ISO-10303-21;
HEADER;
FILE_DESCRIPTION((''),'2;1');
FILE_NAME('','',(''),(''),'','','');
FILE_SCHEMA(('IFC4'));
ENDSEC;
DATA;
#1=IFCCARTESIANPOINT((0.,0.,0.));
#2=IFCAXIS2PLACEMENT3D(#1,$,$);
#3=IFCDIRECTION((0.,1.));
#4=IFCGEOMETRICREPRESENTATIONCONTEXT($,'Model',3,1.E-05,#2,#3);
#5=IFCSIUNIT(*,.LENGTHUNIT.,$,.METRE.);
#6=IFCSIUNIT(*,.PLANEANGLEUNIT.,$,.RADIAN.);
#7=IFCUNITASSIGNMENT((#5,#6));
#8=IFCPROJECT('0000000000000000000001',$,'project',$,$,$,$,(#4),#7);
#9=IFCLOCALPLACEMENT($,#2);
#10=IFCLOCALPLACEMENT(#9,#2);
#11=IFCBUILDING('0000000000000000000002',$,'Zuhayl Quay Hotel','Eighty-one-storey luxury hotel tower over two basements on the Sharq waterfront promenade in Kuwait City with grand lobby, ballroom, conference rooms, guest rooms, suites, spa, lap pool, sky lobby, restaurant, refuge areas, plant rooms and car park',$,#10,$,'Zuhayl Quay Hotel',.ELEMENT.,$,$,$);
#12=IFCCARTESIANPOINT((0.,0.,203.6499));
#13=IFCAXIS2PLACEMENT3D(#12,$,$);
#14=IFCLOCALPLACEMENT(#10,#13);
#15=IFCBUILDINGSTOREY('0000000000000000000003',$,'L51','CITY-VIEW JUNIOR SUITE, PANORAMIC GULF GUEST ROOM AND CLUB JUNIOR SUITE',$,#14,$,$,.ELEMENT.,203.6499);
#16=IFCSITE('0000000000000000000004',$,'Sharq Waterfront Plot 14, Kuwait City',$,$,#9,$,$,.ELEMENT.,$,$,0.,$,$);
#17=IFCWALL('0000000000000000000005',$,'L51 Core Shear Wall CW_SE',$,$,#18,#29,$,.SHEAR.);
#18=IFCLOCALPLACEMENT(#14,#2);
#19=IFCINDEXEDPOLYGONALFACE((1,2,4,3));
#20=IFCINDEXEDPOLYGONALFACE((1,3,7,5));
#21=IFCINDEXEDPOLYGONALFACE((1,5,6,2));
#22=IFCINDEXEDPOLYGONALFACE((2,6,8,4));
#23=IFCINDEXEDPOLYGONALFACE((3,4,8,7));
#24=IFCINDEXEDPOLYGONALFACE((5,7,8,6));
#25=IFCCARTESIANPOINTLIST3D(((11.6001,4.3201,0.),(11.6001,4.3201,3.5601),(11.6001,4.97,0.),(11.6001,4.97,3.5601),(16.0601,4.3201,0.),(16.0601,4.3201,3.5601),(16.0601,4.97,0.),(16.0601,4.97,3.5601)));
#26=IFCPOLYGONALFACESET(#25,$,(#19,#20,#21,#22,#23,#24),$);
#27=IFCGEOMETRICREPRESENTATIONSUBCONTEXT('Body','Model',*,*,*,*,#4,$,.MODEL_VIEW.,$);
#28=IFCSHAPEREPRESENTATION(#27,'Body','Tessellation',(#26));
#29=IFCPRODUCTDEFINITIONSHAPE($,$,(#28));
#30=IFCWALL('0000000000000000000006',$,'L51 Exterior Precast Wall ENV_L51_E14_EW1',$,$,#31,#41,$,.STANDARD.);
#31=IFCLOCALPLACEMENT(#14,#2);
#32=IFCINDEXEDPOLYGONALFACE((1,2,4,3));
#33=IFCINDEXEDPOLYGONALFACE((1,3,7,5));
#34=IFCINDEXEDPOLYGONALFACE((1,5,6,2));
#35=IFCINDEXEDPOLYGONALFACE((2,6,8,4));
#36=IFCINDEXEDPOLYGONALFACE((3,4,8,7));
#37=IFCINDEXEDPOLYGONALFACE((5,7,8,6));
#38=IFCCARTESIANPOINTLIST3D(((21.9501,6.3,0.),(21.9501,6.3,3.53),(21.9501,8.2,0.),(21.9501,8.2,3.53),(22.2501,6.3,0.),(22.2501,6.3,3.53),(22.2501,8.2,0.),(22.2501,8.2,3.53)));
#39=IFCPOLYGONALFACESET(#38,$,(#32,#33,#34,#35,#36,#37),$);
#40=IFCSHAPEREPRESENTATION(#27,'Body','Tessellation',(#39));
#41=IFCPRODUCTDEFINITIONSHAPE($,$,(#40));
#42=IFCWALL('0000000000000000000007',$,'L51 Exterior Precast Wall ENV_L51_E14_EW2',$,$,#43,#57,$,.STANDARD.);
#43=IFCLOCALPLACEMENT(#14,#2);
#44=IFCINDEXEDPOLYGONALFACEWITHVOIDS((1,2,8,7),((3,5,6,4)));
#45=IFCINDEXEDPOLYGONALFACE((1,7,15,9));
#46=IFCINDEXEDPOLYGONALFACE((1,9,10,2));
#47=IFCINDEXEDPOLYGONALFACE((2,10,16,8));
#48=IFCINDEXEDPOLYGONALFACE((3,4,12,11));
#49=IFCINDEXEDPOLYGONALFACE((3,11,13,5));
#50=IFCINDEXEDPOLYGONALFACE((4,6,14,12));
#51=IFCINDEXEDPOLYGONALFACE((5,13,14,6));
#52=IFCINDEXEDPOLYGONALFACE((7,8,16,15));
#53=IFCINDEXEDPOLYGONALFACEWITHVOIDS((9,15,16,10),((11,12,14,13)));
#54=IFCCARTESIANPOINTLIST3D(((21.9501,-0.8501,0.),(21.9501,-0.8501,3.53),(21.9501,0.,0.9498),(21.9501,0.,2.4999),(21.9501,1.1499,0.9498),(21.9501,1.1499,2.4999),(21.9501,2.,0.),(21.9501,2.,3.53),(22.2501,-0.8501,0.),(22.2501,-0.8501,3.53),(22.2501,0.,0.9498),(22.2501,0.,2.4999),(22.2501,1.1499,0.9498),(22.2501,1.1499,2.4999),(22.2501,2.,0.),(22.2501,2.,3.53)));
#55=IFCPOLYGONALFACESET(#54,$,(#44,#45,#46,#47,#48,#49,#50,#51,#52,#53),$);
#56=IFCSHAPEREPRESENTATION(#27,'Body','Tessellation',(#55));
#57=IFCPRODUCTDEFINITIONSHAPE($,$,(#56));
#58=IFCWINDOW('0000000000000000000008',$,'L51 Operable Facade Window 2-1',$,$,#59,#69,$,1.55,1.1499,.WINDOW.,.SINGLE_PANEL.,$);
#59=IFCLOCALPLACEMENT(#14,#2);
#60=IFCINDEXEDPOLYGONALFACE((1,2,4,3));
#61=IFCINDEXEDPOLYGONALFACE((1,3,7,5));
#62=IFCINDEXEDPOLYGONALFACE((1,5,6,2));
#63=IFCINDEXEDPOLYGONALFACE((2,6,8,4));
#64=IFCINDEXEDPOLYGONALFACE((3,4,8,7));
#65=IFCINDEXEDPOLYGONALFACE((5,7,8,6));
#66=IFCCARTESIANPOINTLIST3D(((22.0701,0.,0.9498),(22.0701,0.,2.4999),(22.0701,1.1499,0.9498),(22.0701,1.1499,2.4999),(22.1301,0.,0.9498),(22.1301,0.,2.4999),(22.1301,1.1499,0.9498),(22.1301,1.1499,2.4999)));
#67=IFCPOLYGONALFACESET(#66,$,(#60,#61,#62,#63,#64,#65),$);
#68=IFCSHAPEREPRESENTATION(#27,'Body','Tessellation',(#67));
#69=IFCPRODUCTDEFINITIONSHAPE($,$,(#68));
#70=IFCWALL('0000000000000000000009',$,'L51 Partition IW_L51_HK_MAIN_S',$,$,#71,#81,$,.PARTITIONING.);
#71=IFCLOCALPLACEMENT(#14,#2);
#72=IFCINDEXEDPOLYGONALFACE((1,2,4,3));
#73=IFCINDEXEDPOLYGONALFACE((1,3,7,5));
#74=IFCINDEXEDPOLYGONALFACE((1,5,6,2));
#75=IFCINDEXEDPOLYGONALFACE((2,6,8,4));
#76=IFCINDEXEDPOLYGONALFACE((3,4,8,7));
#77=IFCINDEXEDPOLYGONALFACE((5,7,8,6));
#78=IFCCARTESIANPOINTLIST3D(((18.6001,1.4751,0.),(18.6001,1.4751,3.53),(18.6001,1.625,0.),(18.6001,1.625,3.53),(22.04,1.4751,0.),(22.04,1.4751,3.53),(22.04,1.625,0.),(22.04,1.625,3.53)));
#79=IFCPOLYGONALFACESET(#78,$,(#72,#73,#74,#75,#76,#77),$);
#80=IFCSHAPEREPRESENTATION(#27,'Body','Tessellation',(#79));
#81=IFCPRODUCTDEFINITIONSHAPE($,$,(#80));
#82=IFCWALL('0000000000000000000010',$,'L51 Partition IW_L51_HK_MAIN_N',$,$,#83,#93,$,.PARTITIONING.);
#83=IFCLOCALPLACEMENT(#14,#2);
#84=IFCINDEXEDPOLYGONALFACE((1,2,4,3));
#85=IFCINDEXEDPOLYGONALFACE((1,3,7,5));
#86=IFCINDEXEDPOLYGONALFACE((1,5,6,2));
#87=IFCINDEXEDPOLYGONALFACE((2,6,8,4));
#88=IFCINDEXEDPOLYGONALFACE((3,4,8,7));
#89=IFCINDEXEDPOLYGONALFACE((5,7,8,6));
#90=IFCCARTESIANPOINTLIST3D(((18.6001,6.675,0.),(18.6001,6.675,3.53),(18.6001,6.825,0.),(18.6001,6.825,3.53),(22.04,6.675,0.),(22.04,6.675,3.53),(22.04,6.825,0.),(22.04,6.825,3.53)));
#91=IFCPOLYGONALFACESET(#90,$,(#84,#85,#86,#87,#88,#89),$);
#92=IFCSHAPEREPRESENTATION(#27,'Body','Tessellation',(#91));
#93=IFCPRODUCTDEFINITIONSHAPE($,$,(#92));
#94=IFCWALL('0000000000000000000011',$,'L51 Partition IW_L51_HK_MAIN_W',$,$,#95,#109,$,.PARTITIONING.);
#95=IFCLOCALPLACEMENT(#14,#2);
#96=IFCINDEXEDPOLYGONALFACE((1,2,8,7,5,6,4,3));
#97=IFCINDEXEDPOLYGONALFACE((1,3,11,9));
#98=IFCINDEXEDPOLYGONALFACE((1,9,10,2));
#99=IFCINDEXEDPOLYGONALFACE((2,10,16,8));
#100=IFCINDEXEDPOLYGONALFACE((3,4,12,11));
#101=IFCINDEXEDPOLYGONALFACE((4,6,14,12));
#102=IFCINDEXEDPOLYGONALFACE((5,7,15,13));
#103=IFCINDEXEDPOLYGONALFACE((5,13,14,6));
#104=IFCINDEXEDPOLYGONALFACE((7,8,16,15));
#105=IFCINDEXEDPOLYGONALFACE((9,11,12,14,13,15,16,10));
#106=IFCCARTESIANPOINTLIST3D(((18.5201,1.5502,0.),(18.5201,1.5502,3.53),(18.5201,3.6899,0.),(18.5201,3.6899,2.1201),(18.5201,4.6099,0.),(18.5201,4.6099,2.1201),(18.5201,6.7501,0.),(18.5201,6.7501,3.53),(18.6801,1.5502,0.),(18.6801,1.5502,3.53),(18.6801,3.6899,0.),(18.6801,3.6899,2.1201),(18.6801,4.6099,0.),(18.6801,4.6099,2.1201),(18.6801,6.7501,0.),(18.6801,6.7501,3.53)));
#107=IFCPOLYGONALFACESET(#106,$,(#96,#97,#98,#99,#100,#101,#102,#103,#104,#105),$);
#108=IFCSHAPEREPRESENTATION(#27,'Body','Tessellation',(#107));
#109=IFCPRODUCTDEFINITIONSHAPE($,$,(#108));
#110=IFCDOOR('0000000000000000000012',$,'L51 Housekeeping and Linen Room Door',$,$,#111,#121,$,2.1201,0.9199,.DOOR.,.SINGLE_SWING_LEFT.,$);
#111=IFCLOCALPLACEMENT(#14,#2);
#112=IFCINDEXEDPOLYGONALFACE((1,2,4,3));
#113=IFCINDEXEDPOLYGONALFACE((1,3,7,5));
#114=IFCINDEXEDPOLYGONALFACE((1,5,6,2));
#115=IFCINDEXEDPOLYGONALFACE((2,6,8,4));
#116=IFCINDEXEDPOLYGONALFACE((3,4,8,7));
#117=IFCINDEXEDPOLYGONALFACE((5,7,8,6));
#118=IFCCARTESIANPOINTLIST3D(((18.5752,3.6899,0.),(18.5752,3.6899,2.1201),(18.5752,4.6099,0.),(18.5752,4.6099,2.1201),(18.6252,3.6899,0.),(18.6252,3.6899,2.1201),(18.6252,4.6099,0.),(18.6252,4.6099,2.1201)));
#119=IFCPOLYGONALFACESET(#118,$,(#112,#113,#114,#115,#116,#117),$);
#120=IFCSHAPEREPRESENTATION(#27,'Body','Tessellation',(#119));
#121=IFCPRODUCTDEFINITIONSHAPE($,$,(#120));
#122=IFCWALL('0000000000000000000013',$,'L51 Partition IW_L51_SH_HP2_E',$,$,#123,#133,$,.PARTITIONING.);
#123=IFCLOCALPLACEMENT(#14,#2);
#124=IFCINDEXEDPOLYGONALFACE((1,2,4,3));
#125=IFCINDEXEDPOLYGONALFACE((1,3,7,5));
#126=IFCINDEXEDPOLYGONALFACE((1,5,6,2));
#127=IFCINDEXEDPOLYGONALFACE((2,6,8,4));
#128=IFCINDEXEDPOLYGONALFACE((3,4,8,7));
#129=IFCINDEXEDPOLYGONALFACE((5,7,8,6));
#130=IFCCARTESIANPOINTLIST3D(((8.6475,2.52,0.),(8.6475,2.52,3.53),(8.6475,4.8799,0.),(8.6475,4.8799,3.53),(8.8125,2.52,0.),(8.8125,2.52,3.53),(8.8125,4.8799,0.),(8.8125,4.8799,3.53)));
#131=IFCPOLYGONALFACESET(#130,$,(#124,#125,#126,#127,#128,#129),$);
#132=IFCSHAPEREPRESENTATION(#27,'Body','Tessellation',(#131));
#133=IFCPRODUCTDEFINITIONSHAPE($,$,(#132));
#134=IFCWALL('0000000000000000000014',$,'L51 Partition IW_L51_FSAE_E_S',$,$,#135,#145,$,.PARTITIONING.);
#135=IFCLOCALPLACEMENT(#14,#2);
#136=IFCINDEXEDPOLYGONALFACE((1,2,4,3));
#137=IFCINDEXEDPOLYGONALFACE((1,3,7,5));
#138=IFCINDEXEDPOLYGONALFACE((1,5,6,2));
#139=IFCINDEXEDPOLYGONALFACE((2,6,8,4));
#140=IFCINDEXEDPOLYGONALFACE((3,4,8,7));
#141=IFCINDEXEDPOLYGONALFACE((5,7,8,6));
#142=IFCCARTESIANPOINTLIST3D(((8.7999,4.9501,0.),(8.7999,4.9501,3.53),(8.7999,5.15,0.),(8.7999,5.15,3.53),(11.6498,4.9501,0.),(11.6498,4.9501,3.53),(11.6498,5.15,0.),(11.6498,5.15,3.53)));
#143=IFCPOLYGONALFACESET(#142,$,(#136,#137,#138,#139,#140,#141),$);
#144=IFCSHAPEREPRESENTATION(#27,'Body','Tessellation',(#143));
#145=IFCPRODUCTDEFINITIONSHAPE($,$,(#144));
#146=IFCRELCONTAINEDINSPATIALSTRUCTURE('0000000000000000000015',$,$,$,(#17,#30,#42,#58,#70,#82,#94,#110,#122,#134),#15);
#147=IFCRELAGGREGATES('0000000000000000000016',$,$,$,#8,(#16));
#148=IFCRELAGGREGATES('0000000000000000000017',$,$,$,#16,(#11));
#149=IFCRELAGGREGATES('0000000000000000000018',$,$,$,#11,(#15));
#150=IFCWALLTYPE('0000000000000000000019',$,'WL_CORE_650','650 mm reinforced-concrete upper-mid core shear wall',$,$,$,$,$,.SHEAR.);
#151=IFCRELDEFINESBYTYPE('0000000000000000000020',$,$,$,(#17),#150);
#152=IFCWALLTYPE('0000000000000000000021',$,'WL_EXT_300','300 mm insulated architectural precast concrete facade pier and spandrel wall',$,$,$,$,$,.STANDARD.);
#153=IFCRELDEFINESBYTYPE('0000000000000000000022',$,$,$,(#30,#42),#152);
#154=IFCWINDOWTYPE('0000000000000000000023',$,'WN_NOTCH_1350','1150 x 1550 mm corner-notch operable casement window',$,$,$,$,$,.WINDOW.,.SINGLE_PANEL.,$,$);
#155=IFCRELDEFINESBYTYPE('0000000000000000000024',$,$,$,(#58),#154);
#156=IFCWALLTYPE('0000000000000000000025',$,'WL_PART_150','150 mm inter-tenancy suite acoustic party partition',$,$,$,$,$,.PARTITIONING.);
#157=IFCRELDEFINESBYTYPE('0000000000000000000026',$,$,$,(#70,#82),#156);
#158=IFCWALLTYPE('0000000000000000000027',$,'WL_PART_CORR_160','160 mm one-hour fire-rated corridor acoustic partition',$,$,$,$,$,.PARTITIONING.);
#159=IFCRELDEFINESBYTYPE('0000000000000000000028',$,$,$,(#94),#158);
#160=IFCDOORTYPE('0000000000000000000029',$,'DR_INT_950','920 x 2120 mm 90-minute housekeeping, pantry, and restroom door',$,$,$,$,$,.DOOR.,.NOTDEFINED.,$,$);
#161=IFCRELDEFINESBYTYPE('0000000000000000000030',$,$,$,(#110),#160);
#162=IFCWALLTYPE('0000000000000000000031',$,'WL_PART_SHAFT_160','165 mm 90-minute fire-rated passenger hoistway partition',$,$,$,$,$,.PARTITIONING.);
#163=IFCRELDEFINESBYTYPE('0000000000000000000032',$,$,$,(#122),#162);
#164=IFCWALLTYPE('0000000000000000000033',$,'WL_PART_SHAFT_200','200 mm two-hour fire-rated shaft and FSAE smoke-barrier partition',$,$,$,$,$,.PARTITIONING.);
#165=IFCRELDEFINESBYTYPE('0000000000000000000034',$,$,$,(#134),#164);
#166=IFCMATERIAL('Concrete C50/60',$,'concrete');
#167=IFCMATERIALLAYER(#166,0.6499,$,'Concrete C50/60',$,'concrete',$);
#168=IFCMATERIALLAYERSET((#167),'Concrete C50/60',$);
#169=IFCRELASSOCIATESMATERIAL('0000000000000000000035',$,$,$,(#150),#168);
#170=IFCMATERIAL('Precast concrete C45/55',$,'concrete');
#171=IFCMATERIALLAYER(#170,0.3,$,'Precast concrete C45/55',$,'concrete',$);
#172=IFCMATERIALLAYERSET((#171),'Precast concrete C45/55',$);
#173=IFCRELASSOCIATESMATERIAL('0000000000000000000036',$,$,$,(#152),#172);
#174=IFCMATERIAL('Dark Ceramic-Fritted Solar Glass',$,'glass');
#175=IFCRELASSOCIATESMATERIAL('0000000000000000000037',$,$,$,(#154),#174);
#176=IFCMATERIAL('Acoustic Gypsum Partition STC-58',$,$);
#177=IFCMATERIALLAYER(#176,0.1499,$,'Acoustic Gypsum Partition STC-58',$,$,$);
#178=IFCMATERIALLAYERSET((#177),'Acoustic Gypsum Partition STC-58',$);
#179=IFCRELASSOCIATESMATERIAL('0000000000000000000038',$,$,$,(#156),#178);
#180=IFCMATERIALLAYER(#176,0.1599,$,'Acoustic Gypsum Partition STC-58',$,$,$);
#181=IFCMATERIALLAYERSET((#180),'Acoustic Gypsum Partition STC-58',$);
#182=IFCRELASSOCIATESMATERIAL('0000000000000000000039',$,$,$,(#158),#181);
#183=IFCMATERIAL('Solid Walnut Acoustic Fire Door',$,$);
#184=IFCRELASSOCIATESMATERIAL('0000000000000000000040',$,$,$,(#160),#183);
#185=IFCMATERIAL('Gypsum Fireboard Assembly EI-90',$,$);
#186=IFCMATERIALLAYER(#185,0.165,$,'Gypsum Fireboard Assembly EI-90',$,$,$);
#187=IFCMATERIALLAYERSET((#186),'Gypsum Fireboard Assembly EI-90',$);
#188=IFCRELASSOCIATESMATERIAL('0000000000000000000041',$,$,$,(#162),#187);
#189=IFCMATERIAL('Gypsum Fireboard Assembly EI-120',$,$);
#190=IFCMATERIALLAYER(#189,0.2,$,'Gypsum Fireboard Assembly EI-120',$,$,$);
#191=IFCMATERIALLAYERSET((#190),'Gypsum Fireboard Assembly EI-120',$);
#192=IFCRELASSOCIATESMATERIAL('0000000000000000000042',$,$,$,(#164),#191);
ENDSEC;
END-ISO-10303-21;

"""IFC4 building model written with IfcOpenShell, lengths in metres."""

from ifc_helpers import new_model, si_unit, direction, frame, frame_2d, origin, place, context, subcontext, project, spatial, rectangle, extrude, material, layer, layer_set, type_object, element, fill, save


model = new_model("IFC4")

# Units and contexts
model_context = context("Model", 3, precision=1e-05, world=origin(), true_north=direction((0.0, 1.0)))
body_context = subcontext(model_context, "Body", "Model", "MODEL_VIEW")
ifc_project = project(units=[si_unit("LENGTHUNIT", "METRE"), si_unit("PLANEANGLEUNIT", "RADIAN")], contexts=[model_context])

# Site, building, storey
site_placement = place(None, origin())
site = spatial("IfcSite", under=ifc_project, at=site_placement, Name="Sharq Waterfront Plot 14, Kuwait City", CompositionType="ELEMENT", RefElevation=0.0)
building_placement = place(site_placement, origin())
building = spatial("IfcBuilding", under=site, at=building_placement, Name="Zuhayl Quay Hotel", Description="Eighty-one-storey luxury hotel tower over two basements on the Sharq waterfront promenade in Kuwait City with grand lobby, ballroom, conference rooms, guest rooms, suites, spa, lap pool, sky lobby, restaurant, refuge areas, plant rooms and car park", LongName="Zuhayl Quay Hotel", CompositionType="ELEMENT")
storey_placement = place(building_placement, frame((0.0, 0.0, 203.6499)))
storey = spatial("IfcBuildingStorey", under=building, at=storey_placement, Name="L51", Description="CITY-VIEW JUNIOR SUITE, PANORAMIC GULF GUEST ROOM AND CLUB JUNIOR SUITE", CompositionType="ELEMENT", Elevation=203.6499)

# Shared definitions
ifc_material_1 = material(Name="Dark Ceramic-Fritted Solar Glass", Category="glass")

# Walls
ifc_material_2 = material(Name="Concrete C50/60", Category="concrete")
ifc_layer_1 = layer(ifc_material_2, 0.6499, Name="Concrete C50/60", Category="concrete")
ifc_layer_set_1 = layer_set([ifc_layer_1], Name="Concrete C50/60")
wall_type_1 = type_object("IfcWallType", Name="WL_CORE_650", Description="650 mm reinforced-concrete upper-mid core shear wall", PredefinedType="SHEAR", material=ifc_layer_set_1)
wall_1_placement = place(storey_placement, frame((11.6001, 4.645, 0.0), z_axis=(0.0, 0.0, 1.0), x_axis=(1.0, 0.0, 0.0)))
element("IfcWall", 1, at=wall_1_placement, inside=storey, type_object=wall_type_1, Name="L51 Core Shear Wall CW_SE", PredefinedType="SHEAR", context=body_context, shape_type="SweptSolid", body=[
    extrude(rectangle(XDim=4.46, YDim=0.6499, at=frame_2d((2.23, 0.0))), origin(), (0.0, 0.0, 1.0), 3.5601),
])
ifc_material_3 = material(Name="Precast concrete C45/55", Category="concrete")
ifc_layer_2 = layer(ifc_material_3, 0.3, Name="Precast concrete C45/55", Category="concrete")
ifc_layer_set_2 = layer_set([ifc_layer_2], Name="Precast concrete C45/55")
wall_type_2 = type_object("IfcWallType", Name="WL_EXT_300", Description="300 mm insulated architectural precast concrete facade pier and spandrel wall", PredefinedType="STANDARD", material=ifc_layer_set_2)
wall_2_placement = place(storey_placement, frame((22.1001, 8.2, 0.0), z_axis=(0.0, 0.0, 1.0), x_axis=(0.0, -1.0, 0.0)))
element("IfcWall", 2, at=wall_2_placement, inside=storey, type_object=wall_type_2, Name="L51 Exterior Precast Wall ENV_L51_E14_EW1", PredefinedType="STANDARD", context=body_context, shape_type="SweptSolid", body=[
    extrude(rectangle(XDim=1.8999, YDim=0.3, at=frame_2d((0.95, 0.0))), origin(), (0.0, 0.0, 1.0), 3.53),
])

# Wall, opening, window
wall_3_placement = place(storey_placement, frame((22.1001, 2.0, 0.0), z_axis=(0.0, 0.0, 1.0), x_axis=(0.0, -1.0, 0.0)))
wall_3 = element("IfcWall", 3, at=wall_3_placement, inside=storey, type_object=wall_type_2, Name="L51 Exterior Precast Wall ENV_L51_E14_EW2", PredefinedType="STANDARD", context=body_context, shape_type="SweptSolid", body=[
    extrude(rectangle(XDim=2.8501, YDim=0.3, at=frame_2d((1.425, 0.0))), origin(), (0.0, 0.0, 1.0), 3.53),
])
opening_1_placement = place(wall_3_placement, frame((0.8501, 0.0, 0.95)))
opening_1 = element("IfcOpeningElement", 4, at=opening_1_placement, cuts=wall_3, PredefinedType="OPENING", context=body_context, shape_type="SweptSolid", body=[
    extrude(rectangle(XDim=1.1499, YDim=1.55, at=frame_2d((0.575, 0.7749))), frame((0.0, 0.1599, 0.0), z_axis=(0.0, -1.0, 0.0), x_axis=(1.0, 0.0, 0.0)), (0.0, 0.0, 1.0), 0.3201),
])
window_type = type_object("IfcWindowType", Name="WN_NOTCH_1350", Description="1150 x 1550 mm corner-notch operable casement window", PartitioningType="SINGLE_PANEL", PredefinedType="WINDOW", material=ifc_material_1)
window_placement = place(opening_1_placement, origin())
window = element("IfcWindow", 5, at=window_placement, inside=storey, type_object=window_type, Name="L51 Operable Facade Window 2-1", OverallHeight=1.55, OverallWidth=1.1499, PartitioningType="SINGLE_PANEL", PredefinedType="WINDOW", context=body_context, shape_type="SweptSolid", body=[
    extrude(rectangle(XDim=1.1499, YDim=1.55, at=frame_2d((0.575, 0.7749))), frame((0.0, 0.03, 0.0), z_axis=(0.0, -1.0, 0.0), x_axis=(1.0, 0.0, 0.0)), (0.0, 0.0, 1.0), 0.0601),
])
fill(opening_1, window)

# Walls
ifc_material_4 = material(Name="Acoustic Gypsum Partition STC-58")
ifc_layer_3 = layer(ifc_material_4, 0.1499, Name="Acoustic Gypsum Partition STC-58")
ifc_layer_set_3 = layer_set([ifc_layer_3], Name="Acoustic Gypsum Partition STC-58")
wall_type_3 = type_object("IfcWallType", Name="WL_PART_150", Description="150 mm inter-tenancy suite acoustic party partition", PredefinedType="PARTITIONING", material=ifc_layer_set_3)
for number, where, z_axis, x_axis, name in (
    (6, (18.6001, 1.55, 0.0), (0.0, 0.0, 1.0), (1.0, 0.0, 0.0), "L51 Partition IW_L51_HK_MAIN_S"),
    (7, (18.6001, 6.75, 0.0), (0.0, 0.0, 1.0), (1.0, 0.0, 0.0), "L51 Partition IW_L51_HK_MAIN_N"),
):
    element("IfcWall", number, at=place(storey_placement, frame(where, z_axis=z_axis, x_axis=x_axis)), inside=storey, type_object=wall_type_3, Name=name, PredefinedType="PARTITIONING", context=body_context, shape_type="SweptSolid", body=[
        extrude(rectangle(XDim=3.4399, YDim=0.1499, at=frame_2d((1.72, 0.0))), origin(), (0.0, 0.0, 1.0), 3.53),
    ])

# Wall, opening, door
ifc_layer_4 = layer(ifc_material_4, 0.1599, Name="Acoustic Gypsum Partition STC-58")
ifc_layer_set_4 = layer_set([ifc_layer_4], Name="Acoustic Gypsum Partition STC-58")
wall_type_4 = type_object("IfcWallType", Name="WL_PART_CORR_160", Description="160 mm one-hour fire-rated corridor acoustic partition", PredefinedType="PARTITIONING", material=ifc_layer_set_4)
wall_4_placement = place(storey_placement, frame((18.6001, 1.55, 0.0), z_axis=(0.0, 0.0, 1.0), x_axis=(0.0, 1.0, 0.0)))
wall_4 = element("IfcWall", 8, at=wall_4_placement, inside=storey, type_object=wall_type_4, Name="L51 Partition IW_L51_HK_MAIN_W", PredefinedType="PARTITIONING", context=body_context, shape_type="SweptSolid", body=[
    extrude(rectangle(XDim=5.2, YDim=0.1599, at=frame_2d((2.6001, 0.0))), origin(), (0.0, 0.0, 1.0), 3.53),
])
opening_2_placement = place(wall_4_placement, frame((2.1399, 0.0, 0.0)))
opening_2 = element("IfcOpeningElement", 9, at=opening_2_placement, cuts=wall_4, PredefinedType="OPENING", context=body_context, shape_type="SweptSolid", body=[
    extrude(rectangle(XDim=0.9199, YDim=2.1201, at=frame_2d((0.46, 1.0601))), frame((0.0, 0.0898, 0.0), z_axis=(0.0, -1.0, 0.0), x_axis=(1.0, 0.0, 0.0)), (0.0, 0.0, 1.0), 0.1799),
])
ifc_material_5 = material(Name="Solid Walnut Acoustic Fire Door")
door_type = type_object("IfcDoorType", Name="DR_INT_950", Description="920 x 2120 mm 90-minute housekeeping, pantry, and restroom door", OperationType="NOTDEFINED", PredefinedType="DOOR", material=ifc_material_5)
door_1_placement = place(opening_2_placement, origin())
door_1 = element("IfcDoor", 10, at=door_1_placement, inside=storey, type_object=door_type, Name="L51 Housekeeping and Linen Room Door", OperationType="SINGLE_SWING_LEFT", OverallHeight=2.1201, OverallWidth=0.9199, PredefinedType="DOOR", context=body_context, shape_type="SweptSolid", body=[
    extrude(rectangle(XDim=0.9199, YDim=2.1201, at=frame_2d((0.46, 1.0601))), frame((0.0, 0.0249, 0.0), z_axis=(0.0, -1.0, 0.0), x_axis=(1.0, 0.0, 0.0)), (0.0, 0.0, 1.0), 0.05),
])
fill(opening_2, door_1)

# Walls
ifc_material_6 = material(Name="Gypsum Fireboard Assembly EI-90")
ifc_layer_5 = layer(ifc_material_6, 0.165, Name="Gypsum Fireboard Assembly EI-90")
ifc_layer_set_5 = layer_set([ifc_layer_5], Name="Gypsum Fireboard Assembly EI-90")
wall_type_5 = type_object("IfcWallType", Name="WL_PART_SHAFT_160", Description="165 mm 90-minute fire-rated passenger hoistway partition", PredefinedType="PARTITIONING", material=ifc_layer_set_5)
wall_5_placement = place(storey_placement, frame((8.73, 2.52, 0.0), z_axis=(0.0, 0.0, 1.0), x_axis=(0.0, 1.0, 0.0)))
element("IfcWall", 11, at=wall_5_placement, inside=storey, type_object=wall_type_5, Name="L51 Partition IW_L51_SH_HP2_E", PredefinedType="PARTITIONING", context=body_context, shape_type="SweptSolid", body=[
    extrude(rectangle(XDim=2.3599, YDim=0.165, at=frame_2d((1.1799, 0.0))), origin(), (0.0, 0.0, 1.0), 3.53),
])
ifc_material_7 = material(Name="Gypsum Fireboard Assembly EI-120")
ifc_layer_6 = layer(ifc_material_7, 0.2, Name="Gypsum Fireboard Assembly EI-120")
ifc_layer_set_6 = layer_set([ifc_layer_6], Name="Gypsum Fireboard Assembly EI-120")
wall_type_6 = type_object("IfcWallType", Name="WL_PART_SHAFT_200", Description="200 mm two-hour fire-rated shaft and FSAE smoke-barrier partition", PredefinedType="PARTITIONING", material=ifc_layer_set_6)
wall_6_placement = place(storey_placement, frame((8.8, 5.05, 0.0), z_axis=(0.0, 0.0, 1.0), x_axis=(1.0, 0.0, 0.0)))
element("IfcWall", 12, at=wall_6_placement, inside=storey, type_object=wall_type_6, Name="L51 Partition IW_L51_FSAE_E_S", PredefinedType="PARTITIONING", context=body_context, shape_type="SweptSolid", body=[
    extrude(rectangle(XDim=2.8499, YDim=0.2, at=frame_2d((1.4248, 0.0))), origin(), (0.0, 0.0, 1.0), 3.53),
])

save(model, "model.ifc")
